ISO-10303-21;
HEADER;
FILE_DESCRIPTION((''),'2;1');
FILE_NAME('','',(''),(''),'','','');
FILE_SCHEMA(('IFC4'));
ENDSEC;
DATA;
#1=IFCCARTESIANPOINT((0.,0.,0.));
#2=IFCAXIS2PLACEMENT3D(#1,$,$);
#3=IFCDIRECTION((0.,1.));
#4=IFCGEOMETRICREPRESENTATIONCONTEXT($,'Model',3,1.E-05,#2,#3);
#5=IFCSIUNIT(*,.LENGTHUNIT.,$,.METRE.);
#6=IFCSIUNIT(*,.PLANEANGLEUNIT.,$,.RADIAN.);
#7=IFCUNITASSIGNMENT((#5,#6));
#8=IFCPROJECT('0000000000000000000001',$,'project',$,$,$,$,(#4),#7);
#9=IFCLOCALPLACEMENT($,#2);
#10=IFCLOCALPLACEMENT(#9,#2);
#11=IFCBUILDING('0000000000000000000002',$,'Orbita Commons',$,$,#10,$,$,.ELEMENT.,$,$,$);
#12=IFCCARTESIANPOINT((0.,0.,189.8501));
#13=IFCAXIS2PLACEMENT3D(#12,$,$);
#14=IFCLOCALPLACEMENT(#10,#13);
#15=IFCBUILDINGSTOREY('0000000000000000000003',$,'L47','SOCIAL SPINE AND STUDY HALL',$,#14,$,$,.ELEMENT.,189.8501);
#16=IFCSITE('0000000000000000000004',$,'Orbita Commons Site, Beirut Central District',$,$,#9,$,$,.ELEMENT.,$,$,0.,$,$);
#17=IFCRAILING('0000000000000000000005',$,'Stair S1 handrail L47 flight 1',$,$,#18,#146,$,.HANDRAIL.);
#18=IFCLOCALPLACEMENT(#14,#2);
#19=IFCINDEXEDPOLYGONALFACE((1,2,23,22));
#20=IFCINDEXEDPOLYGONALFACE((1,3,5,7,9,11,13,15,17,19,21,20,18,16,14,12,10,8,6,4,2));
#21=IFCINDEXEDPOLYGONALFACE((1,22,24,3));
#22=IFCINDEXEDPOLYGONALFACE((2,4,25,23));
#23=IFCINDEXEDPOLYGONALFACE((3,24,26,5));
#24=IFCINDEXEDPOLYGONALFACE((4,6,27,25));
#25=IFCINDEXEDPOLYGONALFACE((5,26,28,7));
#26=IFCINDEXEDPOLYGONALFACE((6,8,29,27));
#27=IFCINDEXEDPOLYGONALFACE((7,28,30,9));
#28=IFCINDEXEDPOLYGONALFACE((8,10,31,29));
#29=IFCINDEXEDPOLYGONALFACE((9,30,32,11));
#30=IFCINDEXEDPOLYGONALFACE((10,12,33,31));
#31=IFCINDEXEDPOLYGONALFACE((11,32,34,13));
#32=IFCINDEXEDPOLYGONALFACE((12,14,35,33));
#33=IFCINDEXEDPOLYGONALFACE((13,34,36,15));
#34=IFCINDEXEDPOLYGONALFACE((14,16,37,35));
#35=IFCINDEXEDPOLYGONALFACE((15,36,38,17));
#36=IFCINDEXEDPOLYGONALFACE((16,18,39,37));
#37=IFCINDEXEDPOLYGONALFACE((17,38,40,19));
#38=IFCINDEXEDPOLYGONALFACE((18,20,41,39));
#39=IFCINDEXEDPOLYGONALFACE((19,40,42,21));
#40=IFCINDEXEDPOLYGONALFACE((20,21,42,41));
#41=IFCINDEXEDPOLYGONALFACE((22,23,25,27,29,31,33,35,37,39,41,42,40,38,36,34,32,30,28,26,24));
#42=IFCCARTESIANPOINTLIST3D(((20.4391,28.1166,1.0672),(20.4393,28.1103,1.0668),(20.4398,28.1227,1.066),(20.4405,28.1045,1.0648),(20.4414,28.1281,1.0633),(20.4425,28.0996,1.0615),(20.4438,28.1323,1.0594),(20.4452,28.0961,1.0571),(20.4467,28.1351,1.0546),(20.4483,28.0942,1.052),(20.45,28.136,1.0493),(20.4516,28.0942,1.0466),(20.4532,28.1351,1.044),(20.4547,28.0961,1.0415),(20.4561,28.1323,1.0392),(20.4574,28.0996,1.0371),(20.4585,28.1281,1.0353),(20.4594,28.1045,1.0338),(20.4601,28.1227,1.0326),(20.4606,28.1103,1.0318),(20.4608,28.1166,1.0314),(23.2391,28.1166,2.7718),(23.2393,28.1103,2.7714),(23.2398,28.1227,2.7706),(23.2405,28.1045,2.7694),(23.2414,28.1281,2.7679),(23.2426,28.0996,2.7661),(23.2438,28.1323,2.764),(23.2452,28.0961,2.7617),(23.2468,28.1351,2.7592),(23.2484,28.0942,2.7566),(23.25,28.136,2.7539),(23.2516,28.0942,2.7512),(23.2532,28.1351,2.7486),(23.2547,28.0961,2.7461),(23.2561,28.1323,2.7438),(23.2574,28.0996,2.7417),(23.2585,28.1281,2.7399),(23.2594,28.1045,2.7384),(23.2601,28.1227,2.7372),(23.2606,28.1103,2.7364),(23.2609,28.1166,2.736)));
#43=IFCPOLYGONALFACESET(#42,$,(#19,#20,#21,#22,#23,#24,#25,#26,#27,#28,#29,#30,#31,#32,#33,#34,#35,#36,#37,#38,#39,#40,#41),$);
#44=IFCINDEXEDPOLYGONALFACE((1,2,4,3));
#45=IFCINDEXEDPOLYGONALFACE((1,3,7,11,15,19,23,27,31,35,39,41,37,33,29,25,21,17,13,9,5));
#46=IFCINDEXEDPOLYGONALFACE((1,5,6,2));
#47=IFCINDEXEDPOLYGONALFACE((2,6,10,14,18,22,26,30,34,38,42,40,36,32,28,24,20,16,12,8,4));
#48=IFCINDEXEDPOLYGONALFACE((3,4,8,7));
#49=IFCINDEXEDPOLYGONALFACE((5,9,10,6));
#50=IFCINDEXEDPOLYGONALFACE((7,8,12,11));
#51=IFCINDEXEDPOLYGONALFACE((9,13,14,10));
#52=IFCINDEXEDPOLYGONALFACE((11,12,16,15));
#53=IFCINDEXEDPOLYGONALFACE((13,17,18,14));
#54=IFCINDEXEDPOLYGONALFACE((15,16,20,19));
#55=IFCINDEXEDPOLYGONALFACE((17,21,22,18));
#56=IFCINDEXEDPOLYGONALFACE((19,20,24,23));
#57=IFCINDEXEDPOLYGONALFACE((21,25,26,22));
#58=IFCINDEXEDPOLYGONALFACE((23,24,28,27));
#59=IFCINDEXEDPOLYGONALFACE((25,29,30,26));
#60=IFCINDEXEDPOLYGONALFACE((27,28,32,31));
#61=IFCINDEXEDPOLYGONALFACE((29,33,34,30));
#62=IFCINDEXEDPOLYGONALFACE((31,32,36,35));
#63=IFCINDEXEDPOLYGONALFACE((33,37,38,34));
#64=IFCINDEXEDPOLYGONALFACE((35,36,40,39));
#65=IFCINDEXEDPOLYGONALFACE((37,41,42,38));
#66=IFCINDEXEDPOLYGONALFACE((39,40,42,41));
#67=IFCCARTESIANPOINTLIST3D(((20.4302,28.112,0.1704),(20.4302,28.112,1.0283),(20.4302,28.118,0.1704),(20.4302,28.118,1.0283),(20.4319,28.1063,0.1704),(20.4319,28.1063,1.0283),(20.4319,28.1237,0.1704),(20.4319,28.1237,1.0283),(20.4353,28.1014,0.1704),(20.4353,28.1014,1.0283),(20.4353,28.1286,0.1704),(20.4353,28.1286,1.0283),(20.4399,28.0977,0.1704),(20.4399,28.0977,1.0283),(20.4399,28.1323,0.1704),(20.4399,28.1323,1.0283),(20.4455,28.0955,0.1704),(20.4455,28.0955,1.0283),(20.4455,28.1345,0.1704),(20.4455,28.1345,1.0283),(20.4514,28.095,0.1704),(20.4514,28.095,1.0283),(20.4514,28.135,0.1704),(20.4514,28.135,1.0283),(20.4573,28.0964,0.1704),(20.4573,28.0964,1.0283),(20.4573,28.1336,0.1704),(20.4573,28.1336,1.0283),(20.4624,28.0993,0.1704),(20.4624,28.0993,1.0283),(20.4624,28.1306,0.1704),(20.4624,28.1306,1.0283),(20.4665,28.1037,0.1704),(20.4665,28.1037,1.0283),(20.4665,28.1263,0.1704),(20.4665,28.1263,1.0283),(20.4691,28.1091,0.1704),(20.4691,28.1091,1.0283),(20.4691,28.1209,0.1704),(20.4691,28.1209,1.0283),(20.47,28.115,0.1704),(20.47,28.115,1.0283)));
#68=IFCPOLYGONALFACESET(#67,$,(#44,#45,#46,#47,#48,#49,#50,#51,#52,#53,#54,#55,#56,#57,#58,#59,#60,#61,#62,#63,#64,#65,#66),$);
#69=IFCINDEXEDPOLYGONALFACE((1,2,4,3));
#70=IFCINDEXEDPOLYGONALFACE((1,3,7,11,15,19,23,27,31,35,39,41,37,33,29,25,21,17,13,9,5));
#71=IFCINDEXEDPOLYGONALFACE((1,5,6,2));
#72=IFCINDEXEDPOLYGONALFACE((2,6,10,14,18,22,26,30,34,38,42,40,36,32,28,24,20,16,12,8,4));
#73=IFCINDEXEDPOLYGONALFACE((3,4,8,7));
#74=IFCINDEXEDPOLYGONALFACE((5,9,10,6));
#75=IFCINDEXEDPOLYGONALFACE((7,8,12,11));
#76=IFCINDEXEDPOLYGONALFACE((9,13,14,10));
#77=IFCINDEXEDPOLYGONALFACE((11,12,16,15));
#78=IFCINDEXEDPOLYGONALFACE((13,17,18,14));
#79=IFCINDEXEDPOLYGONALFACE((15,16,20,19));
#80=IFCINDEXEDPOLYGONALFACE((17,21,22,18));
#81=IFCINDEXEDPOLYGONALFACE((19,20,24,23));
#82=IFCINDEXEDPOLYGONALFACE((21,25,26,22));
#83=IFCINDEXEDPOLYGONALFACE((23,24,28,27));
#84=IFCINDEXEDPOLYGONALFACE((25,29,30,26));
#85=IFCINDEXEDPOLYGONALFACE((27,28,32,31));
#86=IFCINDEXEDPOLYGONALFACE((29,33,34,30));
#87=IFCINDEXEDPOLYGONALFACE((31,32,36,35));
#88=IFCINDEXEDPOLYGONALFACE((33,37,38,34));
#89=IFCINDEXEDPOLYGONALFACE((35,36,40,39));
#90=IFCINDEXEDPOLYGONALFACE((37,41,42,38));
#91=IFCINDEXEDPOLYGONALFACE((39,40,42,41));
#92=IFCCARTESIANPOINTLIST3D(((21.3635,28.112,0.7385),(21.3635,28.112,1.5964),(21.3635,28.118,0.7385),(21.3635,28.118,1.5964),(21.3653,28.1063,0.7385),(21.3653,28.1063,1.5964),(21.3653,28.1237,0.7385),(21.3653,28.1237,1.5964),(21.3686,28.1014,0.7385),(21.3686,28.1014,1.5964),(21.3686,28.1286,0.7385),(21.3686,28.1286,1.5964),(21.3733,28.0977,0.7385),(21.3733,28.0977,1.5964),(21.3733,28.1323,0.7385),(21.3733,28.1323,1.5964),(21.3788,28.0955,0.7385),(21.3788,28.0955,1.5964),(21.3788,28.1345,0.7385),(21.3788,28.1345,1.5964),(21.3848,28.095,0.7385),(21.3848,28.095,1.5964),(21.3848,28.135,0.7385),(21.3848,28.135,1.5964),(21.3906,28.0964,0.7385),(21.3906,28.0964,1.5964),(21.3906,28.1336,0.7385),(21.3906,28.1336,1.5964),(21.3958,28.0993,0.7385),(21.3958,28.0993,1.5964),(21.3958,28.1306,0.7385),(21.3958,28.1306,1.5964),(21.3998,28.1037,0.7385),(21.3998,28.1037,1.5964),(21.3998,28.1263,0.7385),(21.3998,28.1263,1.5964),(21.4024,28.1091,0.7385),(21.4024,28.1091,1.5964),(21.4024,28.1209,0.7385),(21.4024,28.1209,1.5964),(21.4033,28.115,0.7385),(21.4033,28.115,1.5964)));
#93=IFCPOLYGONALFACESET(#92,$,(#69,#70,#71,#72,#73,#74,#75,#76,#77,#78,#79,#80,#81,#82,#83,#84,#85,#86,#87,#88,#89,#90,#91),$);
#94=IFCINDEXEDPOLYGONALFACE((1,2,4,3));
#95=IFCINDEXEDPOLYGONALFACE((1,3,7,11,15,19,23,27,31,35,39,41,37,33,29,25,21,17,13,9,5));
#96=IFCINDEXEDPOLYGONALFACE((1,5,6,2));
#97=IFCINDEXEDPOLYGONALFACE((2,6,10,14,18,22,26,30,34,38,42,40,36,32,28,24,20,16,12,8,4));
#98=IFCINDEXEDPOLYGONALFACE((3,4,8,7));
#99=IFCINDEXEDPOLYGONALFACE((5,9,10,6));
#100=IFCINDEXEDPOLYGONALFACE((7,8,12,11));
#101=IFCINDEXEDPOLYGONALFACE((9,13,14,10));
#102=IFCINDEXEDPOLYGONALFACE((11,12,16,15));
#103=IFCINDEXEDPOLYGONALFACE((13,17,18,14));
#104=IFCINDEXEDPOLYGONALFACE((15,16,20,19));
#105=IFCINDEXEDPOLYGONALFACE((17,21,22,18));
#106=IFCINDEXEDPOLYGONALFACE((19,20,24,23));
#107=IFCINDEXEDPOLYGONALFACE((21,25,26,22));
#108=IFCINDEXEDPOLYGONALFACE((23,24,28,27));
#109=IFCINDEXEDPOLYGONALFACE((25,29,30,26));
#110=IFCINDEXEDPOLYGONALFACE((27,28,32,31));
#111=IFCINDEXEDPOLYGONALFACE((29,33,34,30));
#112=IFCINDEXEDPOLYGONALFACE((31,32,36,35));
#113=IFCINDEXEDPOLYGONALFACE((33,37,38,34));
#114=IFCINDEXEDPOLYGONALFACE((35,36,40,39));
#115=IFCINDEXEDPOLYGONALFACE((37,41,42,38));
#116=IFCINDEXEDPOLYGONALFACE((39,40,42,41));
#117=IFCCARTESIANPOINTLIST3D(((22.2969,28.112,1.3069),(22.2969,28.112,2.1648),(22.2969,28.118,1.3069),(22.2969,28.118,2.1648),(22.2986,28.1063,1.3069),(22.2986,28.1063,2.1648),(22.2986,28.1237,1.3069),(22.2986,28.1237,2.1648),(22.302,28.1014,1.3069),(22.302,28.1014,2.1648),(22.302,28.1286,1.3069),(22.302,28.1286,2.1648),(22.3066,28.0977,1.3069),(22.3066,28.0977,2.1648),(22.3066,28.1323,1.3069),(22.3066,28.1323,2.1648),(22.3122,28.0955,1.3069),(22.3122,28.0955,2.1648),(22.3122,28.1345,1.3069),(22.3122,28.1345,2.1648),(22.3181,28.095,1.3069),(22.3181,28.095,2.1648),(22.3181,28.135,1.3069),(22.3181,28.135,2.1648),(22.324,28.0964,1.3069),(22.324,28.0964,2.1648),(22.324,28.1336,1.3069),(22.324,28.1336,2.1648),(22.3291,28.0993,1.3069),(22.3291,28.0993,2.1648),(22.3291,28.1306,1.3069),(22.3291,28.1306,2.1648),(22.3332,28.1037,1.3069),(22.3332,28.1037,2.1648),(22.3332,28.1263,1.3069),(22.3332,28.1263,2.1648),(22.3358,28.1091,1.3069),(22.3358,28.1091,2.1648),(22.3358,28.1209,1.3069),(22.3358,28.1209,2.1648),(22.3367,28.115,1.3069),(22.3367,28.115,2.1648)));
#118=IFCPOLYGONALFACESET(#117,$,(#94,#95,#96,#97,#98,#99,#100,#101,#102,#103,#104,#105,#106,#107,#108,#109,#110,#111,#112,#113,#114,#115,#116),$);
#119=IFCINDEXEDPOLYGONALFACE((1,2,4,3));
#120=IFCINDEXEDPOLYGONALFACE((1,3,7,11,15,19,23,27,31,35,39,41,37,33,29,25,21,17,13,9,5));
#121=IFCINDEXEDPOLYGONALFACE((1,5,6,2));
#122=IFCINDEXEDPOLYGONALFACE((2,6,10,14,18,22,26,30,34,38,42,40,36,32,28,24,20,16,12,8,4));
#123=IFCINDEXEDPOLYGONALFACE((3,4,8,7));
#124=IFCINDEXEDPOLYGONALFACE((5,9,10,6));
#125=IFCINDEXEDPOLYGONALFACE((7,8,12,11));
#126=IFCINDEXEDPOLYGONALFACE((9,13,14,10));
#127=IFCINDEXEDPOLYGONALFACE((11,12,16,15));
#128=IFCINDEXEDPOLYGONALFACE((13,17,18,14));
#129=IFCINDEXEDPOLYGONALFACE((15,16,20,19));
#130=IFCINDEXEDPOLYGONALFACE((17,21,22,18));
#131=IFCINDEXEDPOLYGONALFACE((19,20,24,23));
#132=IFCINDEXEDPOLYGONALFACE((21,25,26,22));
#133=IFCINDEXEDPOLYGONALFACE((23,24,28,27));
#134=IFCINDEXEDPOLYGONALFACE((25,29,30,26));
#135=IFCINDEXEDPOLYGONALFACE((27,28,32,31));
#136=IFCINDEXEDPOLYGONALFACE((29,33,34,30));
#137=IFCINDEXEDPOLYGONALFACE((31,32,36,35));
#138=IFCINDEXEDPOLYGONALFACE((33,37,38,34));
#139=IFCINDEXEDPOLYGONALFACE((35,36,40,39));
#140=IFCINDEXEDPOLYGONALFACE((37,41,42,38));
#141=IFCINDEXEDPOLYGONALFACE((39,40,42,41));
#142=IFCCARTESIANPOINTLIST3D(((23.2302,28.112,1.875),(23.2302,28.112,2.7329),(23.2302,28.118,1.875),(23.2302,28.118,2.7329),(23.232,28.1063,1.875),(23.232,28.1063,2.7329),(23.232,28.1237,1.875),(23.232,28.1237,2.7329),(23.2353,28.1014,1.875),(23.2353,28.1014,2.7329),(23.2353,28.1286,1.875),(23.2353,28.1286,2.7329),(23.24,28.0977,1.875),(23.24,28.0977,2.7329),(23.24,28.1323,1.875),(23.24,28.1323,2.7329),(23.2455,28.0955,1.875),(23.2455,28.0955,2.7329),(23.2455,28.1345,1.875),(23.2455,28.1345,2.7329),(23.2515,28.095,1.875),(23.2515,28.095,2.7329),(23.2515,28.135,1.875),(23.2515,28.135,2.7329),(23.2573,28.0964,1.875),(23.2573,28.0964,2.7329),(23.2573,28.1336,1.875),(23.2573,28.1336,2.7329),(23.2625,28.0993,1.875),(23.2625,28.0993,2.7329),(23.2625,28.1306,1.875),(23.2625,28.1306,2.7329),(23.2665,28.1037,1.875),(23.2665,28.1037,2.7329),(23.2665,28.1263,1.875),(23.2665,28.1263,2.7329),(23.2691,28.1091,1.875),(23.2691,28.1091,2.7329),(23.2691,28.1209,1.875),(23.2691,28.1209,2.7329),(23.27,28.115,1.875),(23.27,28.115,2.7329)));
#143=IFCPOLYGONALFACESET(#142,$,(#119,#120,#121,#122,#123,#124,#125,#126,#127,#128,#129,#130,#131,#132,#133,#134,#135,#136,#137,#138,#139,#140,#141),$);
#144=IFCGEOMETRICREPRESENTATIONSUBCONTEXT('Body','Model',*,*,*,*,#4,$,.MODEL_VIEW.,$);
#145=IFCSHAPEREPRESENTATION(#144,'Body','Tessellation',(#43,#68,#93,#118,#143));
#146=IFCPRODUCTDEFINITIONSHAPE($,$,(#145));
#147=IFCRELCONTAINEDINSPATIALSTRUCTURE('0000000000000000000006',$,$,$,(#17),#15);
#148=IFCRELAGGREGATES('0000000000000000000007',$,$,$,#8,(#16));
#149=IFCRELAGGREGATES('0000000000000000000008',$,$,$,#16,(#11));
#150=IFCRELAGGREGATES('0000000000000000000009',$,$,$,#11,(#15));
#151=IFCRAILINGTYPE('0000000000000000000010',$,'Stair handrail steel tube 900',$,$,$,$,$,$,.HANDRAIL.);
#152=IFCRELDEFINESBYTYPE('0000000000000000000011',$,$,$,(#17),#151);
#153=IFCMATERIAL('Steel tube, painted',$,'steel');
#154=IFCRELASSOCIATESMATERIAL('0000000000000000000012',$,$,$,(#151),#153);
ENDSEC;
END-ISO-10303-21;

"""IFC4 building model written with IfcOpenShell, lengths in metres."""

from ifc_helpers import new_model, si_unit, direction, frame, origin, origin_2d, place, context, subcontext, project, spatial, circle, extrude, material, type_object, element, save


model = new_model("IFC4")

# Units and contexts
model_context = context("Model", 3, precision=1e-05, world=origin(), true_north=direction((0.0, 1.0)))
body_context = subcontext(model_context, "Body", "Model", "MODEL_VIEW")
ifc_project = project(units=[si_unit("LENGTHUNIT", "METRE"), si_unit("PLANEANGLEUNIT", "RADIAN")], contexts=[model_context])

# Site, building, storey
site_placement = place(None, origin())
site = spatial("IfcSite", under=ifc_project, at=site_placement, Name="Orbita Commons Site, Beirut Central District", CompositionType="ELEMENT", RefElevation=0.0)
building_placement = place(site_placement, origin())
building = spatial("IfcBuilding", under=site, at=building_placement, Name="Orbita Commons", CompositionType="ELEMENT")
storey_placement = place(building_placement, frame((0.0, 0.0, 189.8501)))
storey = spatial("IfcBuildingStorey", under=building, at=storey_placement, Name="L47", Description="SOCIAL SPINE AND STUDY HALL", CompositionType="ELEMENT", Elevation=189.8501)

# Railing
ifc_material = material(Name="Steel tube, painted", Category="steel")
railing_type = type_object("IfcRailingType", Name="Stair handrail steel tube 900", PredefinedType="HANDRAIL", material=ifc_material)
railing_placement = place(storey_placement, frame((20.45, 28.115, 0.1704)))
element("IfcRailing", 1, at=railing_placement, inside=storey, type_object=railing_type, Name="Stair S1 handrail L47 flight 1", PredefinedType="HANDRAIL", context=body_context, shape_type="SweptSolid", body=[
    extrude(circle(Radius=0.021, at=origin_2d()), frame((0.0, 0.0, 0.8789), z_axis=(0.85417, 0.0, 0.519994), x_axis=(0.0, 1.0, 0.0)), (0.0, 0.0, 1.0), 3.2781),
    extrude(circle(Radius=0.02, at=origin_2d()), origin(), (0.0, 0.0, 1.0), 0.8579),
    extrude(circle(Radius=0.02, at=origin_2d()), frame((0.9333, 0.0, 0.5681)), (0.0, 0.0, 1.0), 0.8579),
    extrude(circle(Radius=0.02, at=origin_2d()), frame((1.8667, 0.0, 1.1365)), (0.0, 0.0, 1.0), 0.8579),
    extrude(circle(Radius=0.02, at=origin_2d()), frame((2.8, 0.0, 1.7046)), (0.0, 0.0, 1.0), 0.8579),
])

save(model, "model.ifc")
